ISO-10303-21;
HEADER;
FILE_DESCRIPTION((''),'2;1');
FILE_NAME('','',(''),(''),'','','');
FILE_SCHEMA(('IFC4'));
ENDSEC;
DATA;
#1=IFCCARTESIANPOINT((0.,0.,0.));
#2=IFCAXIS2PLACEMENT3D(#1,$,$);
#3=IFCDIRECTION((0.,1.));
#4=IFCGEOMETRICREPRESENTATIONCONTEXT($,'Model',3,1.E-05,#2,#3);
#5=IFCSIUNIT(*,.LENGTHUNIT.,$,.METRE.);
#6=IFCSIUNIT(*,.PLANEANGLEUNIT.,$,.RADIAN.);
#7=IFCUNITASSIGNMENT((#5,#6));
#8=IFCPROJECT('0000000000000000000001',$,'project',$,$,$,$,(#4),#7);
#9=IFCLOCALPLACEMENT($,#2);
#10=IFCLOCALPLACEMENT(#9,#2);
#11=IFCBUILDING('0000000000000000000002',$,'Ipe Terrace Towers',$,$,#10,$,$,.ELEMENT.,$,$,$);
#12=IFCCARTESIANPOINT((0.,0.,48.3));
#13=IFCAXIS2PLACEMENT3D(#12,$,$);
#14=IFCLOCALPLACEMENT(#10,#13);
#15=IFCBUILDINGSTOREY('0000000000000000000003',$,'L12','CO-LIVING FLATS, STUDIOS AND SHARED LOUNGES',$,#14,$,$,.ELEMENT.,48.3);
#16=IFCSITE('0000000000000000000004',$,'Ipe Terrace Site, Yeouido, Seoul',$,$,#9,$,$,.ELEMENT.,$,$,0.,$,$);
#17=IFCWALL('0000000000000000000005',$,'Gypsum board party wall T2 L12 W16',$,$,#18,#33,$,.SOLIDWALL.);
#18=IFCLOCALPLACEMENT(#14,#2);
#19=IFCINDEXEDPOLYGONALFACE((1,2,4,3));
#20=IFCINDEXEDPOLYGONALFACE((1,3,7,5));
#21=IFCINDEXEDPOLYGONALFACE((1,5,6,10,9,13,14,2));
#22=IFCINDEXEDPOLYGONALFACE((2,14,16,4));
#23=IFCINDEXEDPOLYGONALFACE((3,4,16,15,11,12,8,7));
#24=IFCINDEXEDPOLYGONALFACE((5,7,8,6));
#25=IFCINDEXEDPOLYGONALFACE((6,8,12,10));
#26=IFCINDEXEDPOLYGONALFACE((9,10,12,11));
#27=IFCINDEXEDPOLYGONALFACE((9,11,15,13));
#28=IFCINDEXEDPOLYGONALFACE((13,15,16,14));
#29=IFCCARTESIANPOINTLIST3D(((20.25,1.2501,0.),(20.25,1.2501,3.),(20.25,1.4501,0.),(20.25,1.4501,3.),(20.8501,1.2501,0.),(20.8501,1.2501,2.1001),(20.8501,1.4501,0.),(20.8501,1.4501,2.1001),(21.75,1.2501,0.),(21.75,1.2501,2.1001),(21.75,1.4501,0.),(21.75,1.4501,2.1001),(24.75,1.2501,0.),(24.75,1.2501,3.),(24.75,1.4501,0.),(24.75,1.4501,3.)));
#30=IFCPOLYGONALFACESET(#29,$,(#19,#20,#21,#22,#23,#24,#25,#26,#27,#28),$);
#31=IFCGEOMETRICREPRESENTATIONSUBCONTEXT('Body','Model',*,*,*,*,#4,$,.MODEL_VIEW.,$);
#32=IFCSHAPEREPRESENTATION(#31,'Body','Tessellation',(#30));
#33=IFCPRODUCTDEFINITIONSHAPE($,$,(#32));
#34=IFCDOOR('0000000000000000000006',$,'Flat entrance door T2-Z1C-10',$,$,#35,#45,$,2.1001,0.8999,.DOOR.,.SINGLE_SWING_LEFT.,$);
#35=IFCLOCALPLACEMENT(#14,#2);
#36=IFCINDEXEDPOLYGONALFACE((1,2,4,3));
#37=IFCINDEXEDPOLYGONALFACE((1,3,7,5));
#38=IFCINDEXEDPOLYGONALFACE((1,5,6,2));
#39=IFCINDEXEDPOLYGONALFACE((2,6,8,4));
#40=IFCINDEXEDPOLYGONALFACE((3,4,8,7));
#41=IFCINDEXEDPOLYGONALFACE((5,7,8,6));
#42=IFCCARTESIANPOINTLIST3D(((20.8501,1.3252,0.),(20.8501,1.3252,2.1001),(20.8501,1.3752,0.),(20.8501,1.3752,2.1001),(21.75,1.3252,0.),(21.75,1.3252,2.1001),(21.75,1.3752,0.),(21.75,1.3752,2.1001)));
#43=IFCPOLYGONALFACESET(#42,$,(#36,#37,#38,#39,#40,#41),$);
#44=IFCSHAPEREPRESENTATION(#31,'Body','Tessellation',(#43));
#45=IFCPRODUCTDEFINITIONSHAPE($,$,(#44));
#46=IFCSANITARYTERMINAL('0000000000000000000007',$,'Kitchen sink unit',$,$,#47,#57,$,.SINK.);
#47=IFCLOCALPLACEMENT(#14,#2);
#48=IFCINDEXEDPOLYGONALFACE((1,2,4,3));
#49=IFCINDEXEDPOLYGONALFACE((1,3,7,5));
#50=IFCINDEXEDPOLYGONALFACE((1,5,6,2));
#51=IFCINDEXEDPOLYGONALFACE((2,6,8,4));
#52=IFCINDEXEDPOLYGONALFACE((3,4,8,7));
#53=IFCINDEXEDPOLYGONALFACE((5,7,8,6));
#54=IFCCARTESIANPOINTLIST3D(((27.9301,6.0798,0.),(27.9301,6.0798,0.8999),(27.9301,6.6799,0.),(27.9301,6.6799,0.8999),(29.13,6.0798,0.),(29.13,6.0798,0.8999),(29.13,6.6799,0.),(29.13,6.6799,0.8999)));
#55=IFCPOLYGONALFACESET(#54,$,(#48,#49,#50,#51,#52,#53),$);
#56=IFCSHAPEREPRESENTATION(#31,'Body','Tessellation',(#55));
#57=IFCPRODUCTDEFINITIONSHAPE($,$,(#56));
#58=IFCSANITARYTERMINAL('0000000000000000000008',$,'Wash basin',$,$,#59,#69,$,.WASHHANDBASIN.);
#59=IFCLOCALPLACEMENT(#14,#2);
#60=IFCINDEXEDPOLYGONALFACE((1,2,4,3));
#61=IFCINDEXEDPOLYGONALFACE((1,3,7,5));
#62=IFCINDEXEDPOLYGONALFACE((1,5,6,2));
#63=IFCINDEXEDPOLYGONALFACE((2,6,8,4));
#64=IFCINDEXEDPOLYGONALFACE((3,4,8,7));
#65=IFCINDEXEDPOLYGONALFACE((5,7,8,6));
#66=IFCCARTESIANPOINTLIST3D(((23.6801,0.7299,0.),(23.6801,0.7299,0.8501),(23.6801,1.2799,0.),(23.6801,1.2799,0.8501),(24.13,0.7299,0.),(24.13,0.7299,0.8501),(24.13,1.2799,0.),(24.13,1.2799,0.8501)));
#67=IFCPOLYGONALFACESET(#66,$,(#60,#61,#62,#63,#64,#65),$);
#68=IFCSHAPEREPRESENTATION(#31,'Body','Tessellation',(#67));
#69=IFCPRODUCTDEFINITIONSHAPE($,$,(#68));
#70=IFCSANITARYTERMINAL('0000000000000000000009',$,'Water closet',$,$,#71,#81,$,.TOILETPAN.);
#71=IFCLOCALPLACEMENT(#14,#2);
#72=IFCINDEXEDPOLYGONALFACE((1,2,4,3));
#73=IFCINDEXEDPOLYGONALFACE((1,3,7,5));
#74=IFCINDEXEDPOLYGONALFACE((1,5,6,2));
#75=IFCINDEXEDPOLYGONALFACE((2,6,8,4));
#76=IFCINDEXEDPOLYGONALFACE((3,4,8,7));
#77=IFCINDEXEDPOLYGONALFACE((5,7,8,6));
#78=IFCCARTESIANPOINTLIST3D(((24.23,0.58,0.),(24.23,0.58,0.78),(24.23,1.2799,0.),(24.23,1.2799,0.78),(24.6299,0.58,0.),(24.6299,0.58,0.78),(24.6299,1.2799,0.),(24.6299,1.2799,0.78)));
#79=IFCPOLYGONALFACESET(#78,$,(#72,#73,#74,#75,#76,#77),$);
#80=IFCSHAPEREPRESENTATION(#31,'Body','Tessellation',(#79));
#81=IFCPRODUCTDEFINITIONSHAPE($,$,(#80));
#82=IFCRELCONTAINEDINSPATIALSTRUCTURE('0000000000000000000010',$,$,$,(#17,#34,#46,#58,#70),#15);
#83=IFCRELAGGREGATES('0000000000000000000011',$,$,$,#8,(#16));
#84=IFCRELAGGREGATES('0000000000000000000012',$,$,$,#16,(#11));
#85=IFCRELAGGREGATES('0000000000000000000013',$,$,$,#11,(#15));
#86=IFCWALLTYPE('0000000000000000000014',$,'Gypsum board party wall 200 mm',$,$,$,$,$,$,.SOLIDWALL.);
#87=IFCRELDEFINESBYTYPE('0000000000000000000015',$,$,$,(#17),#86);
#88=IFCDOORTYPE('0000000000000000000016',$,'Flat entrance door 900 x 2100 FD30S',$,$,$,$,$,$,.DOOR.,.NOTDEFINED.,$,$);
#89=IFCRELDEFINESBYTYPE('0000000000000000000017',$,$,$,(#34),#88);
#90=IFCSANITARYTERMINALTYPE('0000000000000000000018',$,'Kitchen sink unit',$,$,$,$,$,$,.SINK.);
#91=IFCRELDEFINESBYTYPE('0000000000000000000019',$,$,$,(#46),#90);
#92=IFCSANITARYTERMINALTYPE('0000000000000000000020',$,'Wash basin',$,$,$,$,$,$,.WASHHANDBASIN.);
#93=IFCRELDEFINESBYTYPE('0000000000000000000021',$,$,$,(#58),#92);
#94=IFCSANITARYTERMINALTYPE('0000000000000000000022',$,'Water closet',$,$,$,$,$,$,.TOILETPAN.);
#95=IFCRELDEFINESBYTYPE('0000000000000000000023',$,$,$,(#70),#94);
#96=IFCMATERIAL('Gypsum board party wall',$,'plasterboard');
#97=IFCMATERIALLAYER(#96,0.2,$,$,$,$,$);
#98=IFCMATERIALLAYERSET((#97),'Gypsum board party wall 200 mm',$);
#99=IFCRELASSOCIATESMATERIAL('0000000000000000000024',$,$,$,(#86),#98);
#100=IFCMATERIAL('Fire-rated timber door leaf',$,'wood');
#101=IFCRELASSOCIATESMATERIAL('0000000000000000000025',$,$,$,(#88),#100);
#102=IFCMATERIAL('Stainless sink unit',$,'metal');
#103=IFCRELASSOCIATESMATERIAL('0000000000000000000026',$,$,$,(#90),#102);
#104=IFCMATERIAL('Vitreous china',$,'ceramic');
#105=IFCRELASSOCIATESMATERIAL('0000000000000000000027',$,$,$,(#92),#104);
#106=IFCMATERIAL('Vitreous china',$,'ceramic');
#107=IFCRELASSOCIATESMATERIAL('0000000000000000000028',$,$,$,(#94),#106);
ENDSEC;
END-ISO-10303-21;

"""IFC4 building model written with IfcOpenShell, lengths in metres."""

from ifc_helpers import new_model, si_unit, direction, frame, frame_2d, origin, origin_2d, place, context, subcontext, project, spatial, rectangle, extrude, material, layer, layer_set, type_object, element, fill, save


model = new_model("IFC4")

# Units and contexts
model_context = context("Model", 3, precision=1e-05, world=origin(), true_north=direction((0.0, 1.0)))
body_context = subcontext(model_context, "Body", "Model", "MODEL_VIEW")
ifc_project = project(units=[si_unit("LENGTHUNIT", "METRE"), si_unit("PLANEANGLEUNIT", "RADIAN")], contexts=[model_context])

# Site, building, storey
site_placement = place(None, origin())
site = spatial("IfcSite", under=ifc_project, at=site_placement, Name="Ipe Terrace Site, Yeouido, Seoul", CompositionType="ELEMENT", RefElevation=0.0)
building_placement = place(site_placement, origin())
building = spatial("IfcBuilding", under=site, at=building_placement, Name="Ipe Terrace Towers", CompositionType="ELEMENT")
storey_placement = place(building_placement, frame((0.0, 0.0, 48.3)))
storey = spatial("IfcBuildingStorey", under=building, at=storey_placement, Name="L12", Description="CO-LIVING FLATS, STUDIOS AND SHARED LOUNGES", CompositionType="ELEMENT", Elevation=48.3)

# Wall, opening, door
ifc_material_1 = material(Name="Gypsum board party wall", Category="plasterboard")
ifc_layer_1 = layer(ifc_material_1, 0.2)
ifc_layer_set_1 = layer_set([ifc_layer_1], Name="Gypsum board party wall 200 mm")
wall_type_1 = type_object("IfcWallType", Name="Gypsum board party wall 200 mm", PredefinedType="SOLIDWALL", material=ifc_layer_set_1)
wall_1_placement = place(storey_placement, frame((24.75, 1.3501, 0.0), z_axis=(0.0, 0.0, 1.0), x_axis=(-1.0, 0.0, 0.0)))
wall_1 = element("IfcWall", 1, at=wall_1_placement, inside=storey, type_object=wall_type_1, Name="Gypsum board party wall T2 L12 W16", PredefinedType="SOLIDWALL", context=body_context, shape_type="SweptSolid", body=[
    extrude(rectangle(XDim=4.5, YDim=0.2, at=frame_2d((2.25, 0.0))), origin(), (0.0, 0.0, 1.0), 3.0),
])
opening_1_placement = place(wall_1_placement, frame((3.0, 0.0, 0.0)))
opening_1 = element("IfcOpeningElement", 2, at=opening_1_placement, cuts=wall_1, PredefinedType="OPENING", context=body_context, shape_type="SweptSolid", body=[
    extrude(rectangle(XDim=0.8999, YDim=2.1001, at=frame_2d((0.45, 1.05))), frame((0.0, 0.1099, 0.0), z_axis=(0.0, -1.0, 0.0), x_axis=(1.0, 0.0, 0.0)), (0.0, 0.0, 1.0), 0.22),
])
ifc_material_2 = material(Name="Fire-rated timber door leaf", Category="wood")
door_type_1 = type_object("IfcDoorType", Name="Flat entrance door 900 x 2100 FD30S", OperationType="NOTDEFINED", PredefinedType="DOOR", material=ifc_material_2)
door_1_placement = place(opening_1_placement, origin())
door_1 = element("IfcDoor", 3, at=door_1_placement, inside=storey, type_object=door_type_1, Name="Flat entrance door T2-Z1C-10", OperationType="SINGLE_SWING_LEFT", OverallHeight=2.1001, OverallWidth=0.8999, PredefinedType="DOOR", context=body_context, shape_type="SweptSolid", body=[
    extrude(rectangle(XDim=0.8999, YDim=2.1001, at=frame_2d((0.45, 1.05))), frame((0.0, 0.0249, 0.0), z_axis=(0.0, -1.0, 0.0), x_axis=(1.0, 0.0, 0.0)), (0.0, 0.0, 1.0), 0.05),
])
fill(opening_1, door_1)

# Sanitary terminals
ifc_material_3 = material(Name="Stainless sink unit", Category="metal")
sanitary_terminal_type_1 = type_object("IfcSanitaryTerminalType", Name="Kitchen sink unit", PredefinedType="SINK", material=ifc_material_3)
sanitary_terminal_1_placement = place(storey_placement, frame((28.53, 6.3799, 0.0), z_axis=(0.0, 0.0, 1.0), x_axis=(1.0, 0.0, 0.0)))
element("IfcSanitaryTerminal", 4, at=sanitary_terminal_1_placement, inside=storey, type_object=sanitary_terminal_type_1, Name="Kitchen sink unit", PredefinedType="SINK", context=body_context, shape_type="SweptSolid", body=[
    extrude(rectangle(XDim=1.2, YDim=0.6001, at=origin_2d()), origin(), (0.0, 0.0, 1.0), 0.8999),
])
ifc_material_4 = material(Name="Vitreous china", Category="ceramic")
sanitary_terminal_type_2 = type_object("IfcSanitaryTerminalType", Name="Wash basin", PredefinedType="WASHHANDBASIN", material=ifc_material_4)
sanitary_terminal_2_placement = place(storey_placement, frame((23.905, 1.0049, 0.0), z_axis=(0.0, 0.0, 1.0), x_axis=(0.0, -1.0, 0.0)))
element("IfcSanitaryTerminal", 5, at=sanitary_terminal_2_placement, inside=storey, type_object=sanitary_terminal_type_2, Name="Wash basin", PredefinedType="WASHHANDBASIN", context=body_context, shape_type="SweptSolid", body=[
    extrude(rectangle(XDim=0.55, YDim=0.45, at=origin_2d()), origin(), (0.0, 0.0, 1.0), 0.8501),
])
ifc_material_5 = material(Name="Vitreous china", Category="ceramic")
sanitary_terminal_type_3 = type_object("IfcSanitaryTerminalType", Name="Water closet", PredefinedType="TOILETPAN", material=ifc_material_5)
sanitary_terminal_3_placement = place(storey_placement, frame((24.4299, 0.9299, 0.0), z_axis=(0.0, 0.0, 1.0), x_axis=(0.0, -1.0, 0.0)))
element("IfcSanitaryTerminal", 6, at=sanitary_terminal_3_placement, inside=storey, type_object=sanitary_terminal_type_3, Name="Water closet", PredefinedType="TOILETPAN", context=body_context, shape_type="SweptSolid", body=[
    extrude(rectangle(XDim=0.7, YDim=0.3999, at=origin_2d()), origin(), (0.0, 0.0, 1.0), 0.78),
])

save(model, "model.ifc")
